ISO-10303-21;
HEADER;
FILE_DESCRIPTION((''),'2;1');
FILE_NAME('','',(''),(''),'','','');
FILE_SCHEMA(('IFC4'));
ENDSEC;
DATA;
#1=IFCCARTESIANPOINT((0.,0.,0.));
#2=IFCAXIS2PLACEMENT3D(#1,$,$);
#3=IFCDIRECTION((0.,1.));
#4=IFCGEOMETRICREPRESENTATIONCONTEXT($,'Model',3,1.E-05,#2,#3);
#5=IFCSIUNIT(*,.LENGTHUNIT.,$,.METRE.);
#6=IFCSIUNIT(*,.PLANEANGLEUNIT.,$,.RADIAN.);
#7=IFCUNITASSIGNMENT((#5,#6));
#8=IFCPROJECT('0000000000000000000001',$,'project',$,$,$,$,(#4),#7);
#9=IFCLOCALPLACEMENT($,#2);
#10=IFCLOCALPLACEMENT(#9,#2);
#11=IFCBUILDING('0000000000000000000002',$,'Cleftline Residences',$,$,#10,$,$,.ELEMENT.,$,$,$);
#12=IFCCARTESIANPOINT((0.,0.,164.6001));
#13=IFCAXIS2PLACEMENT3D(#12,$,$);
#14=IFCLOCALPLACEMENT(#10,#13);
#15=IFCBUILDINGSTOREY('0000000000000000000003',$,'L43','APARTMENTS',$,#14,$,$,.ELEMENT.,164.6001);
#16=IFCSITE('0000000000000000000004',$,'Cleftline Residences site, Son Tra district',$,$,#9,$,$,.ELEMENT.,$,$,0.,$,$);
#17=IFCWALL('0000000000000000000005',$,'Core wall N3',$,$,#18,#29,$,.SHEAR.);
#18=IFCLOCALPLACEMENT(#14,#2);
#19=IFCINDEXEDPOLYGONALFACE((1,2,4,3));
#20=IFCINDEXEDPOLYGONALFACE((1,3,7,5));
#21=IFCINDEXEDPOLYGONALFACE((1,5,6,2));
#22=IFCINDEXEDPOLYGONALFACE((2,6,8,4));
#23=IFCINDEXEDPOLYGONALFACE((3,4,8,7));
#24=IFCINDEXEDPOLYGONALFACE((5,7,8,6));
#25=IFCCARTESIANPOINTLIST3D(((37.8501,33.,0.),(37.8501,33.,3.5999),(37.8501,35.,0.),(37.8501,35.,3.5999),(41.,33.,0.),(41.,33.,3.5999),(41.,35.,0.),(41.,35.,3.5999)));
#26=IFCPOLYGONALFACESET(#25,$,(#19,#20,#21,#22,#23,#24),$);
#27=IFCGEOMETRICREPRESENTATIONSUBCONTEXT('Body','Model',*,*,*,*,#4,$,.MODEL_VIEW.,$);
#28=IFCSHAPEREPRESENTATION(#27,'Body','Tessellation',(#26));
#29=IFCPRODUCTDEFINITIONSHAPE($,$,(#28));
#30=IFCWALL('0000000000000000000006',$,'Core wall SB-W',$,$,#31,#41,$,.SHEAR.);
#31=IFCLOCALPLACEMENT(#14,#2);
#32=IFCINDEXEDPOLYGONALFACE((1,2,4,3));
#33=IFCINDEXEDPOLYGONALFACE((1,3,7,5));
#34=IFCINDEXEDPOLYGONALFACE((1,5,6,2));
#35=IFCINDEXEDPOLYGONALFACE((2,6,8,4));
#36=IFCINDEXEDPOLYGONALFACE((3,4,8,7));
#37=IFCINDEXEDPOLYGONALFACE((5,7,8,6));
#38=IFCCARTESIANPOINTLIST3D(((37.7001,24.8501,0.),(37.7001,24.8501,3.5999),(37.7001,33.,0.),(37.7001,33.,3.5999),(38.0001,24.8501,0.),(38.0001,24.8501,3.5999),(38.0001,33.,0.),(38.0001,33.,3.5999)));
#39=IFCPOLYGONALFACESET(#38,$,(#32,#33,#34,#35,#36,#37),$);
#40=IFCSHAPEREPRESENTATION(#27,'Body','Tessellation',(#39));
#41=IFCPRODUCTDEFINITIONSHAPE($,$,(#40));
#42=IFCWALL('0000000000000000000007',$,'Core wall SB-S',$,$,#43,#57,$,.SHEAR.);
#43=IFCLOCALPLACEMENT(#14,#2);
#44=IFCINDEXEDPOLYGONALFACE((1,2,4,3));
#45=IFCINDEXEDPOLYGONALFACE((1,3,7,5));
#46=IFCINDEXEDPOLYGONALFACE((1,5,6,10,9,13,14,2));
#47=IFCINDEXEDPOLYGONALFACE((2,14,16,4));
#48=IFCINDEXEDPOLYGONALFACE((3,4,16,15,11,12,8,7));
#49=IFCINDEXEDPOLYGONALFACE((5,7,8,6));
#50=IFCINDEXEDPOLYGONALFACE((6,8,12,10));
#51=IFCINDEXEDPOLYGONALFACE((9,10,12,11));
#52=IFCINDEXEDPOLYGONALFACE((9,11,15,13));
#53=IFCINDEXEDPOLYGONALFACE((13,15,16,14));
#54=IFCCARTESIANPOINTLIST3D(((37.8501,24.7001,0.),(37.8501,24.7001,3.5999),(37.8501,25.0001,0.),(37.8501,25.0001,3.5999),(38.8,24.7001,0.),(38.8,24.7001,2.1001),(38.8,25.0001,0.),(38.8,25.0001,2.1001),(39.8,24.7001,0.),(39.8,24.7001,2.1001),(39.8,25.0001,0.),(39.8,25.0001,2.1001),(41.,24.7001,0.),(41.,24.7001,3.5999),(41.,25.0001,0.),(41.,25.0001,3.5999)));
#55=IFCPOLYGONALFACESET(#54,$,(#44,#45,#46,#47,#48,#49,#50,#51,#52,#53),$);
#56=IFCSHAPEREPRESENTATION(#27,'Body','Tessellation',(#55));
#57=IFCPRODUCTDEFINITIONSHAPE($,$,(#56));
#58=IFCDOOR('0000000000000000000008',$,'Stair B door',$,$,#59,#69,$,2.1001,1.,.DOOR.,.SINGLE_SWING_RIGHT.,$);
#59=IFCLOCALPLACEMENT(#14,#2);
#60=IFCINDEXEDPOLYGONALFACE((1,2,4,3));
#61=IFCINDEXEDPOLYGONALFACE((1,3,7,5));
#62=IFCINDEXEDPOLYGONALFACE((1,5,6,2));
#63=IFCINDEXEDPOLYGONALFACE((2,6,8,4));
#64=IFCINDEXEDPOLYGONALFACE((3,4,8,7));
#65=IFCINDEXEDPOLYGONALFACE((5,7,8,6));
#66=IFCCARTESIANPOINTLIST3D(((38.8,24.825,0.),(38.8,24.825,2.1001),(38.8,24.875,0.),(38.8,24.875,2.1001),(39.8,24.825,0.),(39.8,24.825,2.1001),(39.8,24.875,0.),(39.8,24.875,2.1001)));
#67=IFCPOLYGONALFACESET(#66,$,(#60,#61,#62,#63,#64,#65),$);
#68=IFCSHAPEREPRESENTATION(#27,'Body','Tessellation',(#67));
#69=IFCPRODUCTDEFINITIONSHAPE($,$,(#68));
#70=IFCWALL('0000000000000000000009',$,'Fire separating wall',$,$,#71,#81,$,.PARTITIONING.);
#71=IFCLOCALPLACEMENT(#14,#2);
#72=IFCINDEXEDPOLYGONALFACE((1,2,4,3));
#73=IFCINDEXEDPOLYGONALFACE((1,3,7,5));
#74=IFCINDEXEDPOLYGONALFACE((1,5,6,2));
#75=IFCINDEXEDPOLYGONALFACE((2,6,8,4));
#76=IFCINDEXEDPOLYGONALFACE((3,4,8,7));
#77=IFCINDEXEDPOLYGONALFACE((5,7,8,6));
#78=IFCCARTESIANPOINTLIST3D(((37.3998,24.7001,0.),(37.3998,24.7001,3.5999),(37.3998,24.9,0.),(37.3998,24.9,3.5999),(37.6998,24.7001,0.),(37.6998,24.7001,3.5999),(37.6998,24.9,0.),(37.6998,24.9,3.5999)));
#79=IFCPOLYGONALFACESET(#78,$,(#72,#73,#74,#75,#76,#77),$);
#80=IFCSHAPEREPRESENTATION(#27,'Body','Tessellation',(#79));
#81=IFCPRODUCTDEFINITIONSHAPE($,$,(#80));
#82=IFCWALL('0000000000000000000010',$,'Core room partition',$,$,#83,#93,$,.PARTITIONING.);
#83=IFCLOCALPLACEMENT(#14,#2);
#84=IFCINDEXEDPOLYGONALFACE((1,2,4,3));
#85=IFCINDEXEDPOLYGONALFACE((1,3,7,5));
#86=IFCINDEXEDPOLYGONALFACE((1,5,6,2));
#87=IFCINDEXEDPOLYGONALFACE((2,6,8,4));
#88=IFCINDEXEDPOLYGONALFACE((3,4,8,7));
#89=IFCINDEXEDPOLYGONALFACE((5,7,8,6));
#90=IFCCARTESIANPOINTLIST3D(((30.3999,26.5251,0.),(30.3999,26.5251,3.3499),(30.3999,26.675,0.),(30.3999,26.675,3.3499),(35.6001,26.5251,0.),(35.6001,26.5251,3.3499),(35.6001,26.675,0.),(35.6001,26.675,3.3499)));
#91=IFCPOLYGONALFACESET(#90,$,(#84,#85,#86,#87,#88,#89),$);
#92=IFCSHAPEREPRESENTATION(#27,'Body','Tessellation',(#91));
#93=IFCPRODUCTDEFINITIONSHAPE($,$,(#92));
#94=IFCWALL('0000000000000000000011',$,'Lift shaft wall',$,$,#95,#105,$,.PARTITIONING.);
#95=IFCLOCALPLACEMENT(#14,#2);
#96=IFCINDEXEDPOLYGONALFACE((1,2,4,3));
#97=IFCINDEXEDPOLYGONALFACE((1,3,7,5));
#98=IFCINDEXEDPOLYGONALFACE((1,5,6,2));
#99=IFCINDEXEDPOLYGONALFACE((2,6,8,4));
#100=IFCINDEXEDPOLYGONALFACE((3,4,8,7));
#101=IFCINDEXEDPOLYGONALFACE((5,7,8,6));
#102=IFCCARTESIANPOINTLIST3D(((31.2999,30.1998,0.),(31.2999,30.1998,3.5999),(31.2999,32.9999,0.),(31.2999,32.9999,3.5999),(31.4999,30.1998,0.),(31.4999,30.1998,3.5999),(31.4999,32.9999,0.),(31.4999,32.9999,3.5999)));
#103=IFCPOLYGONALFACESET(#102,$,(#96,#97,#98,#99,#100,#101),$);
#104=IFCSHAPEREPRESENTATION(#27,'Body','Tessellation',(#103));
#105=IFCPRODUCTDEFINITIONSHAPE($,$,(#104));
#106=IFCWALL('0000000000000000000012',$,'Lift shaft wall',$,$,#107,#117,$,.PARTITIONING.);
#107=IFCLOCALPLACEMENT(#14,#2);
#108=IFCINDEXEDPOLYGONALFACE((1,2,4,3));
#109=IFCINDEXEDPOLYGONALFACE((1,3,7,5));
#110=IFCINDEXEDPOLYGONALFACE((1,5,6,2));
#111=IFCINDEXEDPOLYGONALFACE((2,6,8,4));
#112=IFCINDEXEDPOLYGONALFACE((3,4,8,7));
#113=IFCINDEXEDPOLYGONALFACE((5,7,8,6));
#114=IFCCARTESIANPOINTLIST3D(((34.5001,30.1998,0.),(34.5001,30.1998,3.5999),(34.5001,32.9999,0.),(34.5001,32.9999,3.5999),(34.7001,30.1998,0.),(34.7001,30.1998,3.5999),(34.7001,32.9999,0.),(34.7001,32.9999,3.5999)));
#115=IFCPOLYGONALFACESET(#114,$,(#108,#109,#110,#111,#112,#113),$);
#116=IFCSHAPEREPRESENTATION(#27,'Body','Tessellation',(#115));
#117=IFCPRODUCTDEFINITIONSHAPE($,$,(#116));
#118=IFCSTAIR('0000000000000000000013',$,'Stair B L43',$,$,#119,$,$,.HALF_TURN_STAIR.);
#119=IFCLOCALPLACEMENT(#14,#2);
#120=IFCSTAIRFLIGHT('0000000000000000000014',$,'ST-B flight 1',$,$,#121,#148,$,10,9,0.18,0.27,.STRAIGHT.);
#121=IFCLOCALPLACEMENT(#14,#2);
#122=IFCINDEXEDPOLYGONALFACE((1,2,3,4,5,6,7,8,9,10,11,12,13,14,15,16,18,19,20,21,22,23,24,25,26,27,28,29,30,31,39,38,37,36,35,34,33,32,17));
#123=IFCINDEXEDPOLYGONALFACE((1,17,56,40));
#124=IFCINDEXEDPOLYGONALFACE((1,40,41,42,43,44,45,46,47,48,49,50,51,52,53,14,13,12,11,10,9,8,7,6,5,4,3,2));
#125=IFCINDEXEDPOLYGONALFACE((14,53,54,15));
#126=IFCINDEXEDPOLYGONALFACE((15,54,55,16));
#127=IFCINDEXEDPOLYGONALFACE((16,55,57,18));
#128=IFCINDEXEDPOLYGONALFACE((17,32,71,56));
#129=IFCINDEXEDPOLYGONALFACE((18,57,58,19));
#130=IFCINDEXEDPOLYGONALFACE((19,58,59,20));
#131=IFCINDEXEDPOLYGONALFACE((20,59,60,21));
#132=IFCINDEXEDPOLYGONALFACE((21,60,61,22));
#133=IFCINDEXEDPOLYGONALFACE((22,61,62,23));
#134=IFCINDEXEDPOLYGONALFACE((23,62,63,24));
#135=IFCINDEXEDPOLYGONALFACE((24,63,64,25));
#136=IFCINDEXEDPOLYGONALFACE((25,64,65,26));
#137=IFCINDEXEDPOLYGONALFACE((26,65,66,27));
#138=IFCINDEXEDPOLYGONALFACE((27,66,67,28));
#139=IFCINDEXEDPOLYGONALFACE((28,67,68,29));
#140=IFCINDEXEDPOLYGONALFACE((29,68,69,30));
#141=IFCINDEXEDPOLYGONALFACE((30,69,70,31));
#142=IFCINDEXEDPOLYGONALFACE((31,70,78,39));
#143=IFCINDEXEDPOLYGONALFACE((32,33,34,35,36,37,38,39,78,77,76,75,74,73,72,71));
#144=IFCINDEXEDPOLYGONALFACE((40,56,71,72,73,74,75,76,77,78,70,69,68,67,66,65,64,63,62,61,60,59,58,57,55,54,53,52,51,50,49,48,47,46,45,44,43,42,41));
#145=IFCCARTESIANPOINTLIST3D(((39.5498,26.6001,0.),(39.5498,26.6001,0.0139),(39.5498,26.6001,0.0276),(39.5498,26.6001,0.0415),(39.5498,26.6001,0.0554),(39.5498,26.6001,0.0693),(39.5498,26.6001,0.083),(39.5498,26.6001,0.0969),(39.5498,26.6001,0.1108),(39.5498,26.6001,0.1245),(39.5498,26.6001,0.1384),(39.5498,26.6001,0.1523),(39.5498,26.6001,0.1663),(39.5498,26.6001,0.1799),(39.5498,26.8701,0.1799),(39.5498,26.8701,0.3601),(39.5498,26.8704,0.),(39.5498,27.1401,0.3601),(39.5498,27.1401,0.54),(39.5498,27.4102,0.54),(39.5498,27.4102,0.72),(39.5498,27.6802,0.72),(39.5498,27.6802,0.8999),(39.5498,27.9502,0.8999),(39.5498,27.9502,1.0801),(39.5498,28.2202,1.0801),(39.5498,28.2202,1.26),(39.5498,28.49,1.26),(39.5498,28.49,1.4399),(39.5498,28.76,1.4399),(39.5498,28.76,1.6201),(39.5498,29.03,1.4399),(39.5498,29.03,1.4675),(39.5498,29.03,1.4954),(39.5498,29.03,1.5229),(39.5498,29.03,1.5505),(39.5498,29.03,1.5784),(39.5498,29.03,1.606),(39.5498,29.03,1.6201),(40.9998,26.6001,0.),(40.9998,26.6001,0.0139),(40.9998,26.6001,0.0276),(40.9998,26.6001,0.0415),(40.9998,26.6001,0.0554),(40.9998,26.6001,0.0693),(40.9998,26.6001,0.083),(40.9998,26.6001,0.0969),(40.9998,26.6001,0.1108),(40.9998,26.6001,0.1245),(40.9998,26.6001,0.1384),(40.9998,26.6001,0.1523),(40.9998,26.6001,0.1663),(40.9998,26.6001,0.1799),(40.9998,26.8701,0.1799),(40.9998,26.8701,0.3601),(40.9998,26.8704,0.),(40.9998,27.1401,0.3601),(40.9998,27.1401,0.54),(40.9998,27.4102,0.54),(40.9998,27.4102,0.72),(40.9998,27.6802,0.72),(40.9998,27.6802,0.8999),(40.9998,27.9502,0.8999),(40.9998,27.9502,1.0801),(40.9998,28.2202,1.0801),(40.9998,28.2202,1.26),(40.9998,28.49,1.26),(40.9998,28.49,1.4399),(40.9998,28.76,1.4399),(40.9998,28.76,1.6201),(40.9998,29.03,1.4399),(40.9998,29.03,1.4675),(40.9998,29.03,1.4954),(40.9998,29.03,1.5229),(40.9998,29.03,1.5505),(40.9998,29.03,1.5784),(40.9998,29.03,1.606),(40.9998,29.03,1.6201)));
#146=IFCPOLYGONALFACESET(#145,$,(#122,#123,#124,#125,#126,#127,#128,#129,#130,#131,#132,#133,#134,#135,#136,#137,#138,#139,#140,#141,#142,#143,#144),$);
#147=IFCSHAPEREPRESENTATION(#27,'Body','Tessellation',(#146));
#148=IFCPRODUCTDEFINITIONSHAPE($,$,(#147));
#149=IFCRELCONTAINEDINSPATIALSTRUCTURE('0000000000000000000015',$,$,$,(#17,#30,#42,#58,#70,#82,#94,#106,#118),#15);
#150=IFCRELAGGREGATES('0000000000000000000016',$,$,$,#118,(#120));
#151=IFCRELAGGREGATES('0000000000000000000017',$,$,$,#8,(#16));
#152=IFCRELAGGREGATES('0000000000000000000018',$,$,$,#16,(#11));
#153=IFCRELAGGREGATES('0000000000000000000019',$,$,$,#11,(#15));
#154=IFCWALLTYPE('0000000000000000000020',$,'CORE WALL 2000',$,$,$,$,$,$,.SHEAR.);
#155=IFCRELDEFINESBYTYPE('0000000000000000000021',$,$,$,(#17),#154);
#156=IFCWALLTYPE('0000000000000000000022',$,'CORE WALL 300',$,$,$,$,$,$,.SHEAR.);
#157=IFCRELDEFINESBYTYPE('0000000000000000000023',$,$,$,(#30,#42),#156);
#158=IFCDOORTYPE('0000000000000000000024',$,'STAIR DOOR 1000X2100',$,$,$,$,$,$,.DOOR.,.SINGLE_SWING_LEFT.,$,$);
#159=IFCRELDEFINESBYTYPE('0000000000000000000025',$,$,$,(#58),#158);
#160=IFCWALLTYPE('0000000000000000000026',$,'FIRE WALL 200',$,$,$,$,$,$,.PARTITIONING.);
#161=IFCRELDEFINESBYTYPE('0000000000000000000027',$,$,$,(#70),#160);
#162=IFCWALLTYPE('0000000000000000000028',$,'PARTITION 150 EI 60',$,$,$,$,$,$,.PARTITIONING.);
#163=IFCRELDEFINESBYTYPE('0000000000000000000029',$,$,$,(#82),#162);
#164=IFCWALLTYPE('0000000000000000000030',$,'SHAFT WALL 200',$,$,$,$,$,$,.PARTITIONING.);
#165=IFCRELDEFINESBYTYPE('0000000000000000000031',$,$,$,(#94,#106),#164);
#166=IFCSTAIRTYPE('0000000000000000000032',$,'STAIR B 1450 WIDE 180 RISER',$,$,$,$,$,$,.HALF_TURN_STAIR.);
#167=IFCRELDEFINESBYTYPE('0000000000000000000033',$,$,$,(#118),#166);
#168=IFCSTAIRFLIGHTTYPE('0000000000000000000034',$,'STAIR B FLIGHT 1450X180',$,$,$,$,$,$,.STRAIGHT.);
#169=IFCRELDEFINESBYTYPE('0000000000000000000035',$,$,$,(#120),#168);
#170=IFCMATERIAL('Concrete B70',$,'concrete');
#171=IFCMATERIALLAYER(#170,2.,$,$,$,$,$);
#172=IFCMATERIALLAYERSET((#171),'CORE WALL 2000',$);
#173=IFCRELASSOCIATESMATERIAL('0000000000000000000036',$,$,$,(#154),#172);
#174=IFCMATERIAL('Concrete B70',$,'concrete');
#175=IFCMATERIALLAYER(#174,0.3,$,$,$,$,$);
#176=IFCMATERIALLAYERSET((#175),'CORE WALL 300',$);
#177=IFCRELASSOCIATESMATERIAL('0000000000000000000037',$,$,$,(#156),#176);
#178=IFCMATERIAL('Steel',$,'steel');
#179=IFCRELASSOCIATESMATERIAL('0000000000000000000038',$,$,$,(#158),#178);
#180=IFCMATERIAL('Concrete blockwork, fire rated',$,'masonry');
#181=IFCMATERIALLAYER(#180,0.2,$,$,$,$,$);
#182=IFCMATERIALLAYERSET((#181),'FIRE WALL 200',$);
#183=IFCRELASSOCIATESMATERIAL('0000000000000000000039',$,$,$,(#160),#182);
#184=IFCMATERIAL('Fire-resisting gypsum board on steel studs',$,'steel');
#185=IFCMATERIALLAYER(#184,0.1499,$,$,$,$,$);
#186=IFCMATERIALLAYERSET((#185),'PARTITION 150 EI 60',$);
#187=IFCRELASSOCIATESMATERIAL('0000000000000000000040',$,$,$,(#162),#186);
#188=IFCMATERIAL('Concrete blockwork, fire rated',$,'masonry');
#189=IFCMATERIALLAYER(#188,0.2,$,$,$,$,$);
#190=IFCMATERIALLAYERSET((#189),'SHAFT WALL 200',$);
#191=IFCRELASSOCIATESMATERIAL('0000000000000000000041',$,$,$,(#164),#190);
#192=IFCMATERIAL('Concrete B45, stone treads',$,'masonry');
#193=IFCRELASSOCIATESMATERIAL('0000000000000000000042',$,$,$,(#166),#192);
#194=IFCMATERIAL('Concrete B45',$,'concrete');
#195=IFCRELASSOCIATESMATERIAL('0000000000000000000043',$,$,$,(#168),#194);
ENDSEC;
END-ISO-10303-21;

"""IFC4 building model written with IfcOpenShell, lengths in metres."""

from ifc_helpers import new_model, si_unit, direction, frame, frame_2d, origin, place, context, subcontext, project, spatial, polyline, rectangle, outline, extrude, material, layer, layer_set, type_object, element, fill, aggregate, save


model = new_model("IFC4")

# Units and contexts
model_context = context("Model", 3, precision=1e-05, world=origin(), true_north=direction((0.0, 1.0)))
body_context = subcontext(model_context, "Body", "Model", "MODEL_VIEW")
ifc_project = project(units=[si_unit("LENGTHUNIT", "METRE"), si_unit("PLANEANGLEUNIT", "RADIAN")], contexts=[model_context])

# Site, building, storey
site_placement = place(None, origin())
site = spatial("IfcSite", under=ifc_project, at=site_placement, Name="Cleftline Residences site, Son Tra district", CompositionType="ELEMENT", RefElevation=0.0)
building_placement = place(site_placement, origin())
building = spatial("IfcBuilding", under=site, at=building_placement, Name="Cleftline Residences", CompositionType="ELEMENT")
storey_placement = place(building_placement, frame((0.0, 0.0, 164.6001)))
storey = spatial("IfcBuildingStorey", under=building, at=storey_placement, Name="L43", Description="APARTMENTS", CompositionType="ELEMENT", Elevation=164.6001)

# Walls
ifc_material_1 = material(Name="Concrete B70", Category="concrete")
ifc_layer_1 = layer(ifc_material_1, 2.0)
ifc_layer_set_1 = layer_set([ifc_layer_1], Name="CORE WALL 2000")
wall_type_1 = type_object("IfcWallType", Name="CORE WALL 2000", PredefinedType="SHEAR", material=ifc_layer_set_1)
wall_1_placement = place(storey_placement, frame((37.8501, 34.0, 0.0), z_axis=(0.0, 0.0, 1.0), x_axis=(1.0, 0.0, 0.0)))
element("IfcWall", 1, at=wall_1_placement, inside=storey, type_object=wall_type_1, Name="Core wall N3", PredefinedType="SHEAR", context=body_context, shape_type="SweptSolid", body=[
    extrude(rectangle(XDim=3.1499, YDim=2.0, at=frame_2d((1.575, 0.0))), origin(), (0.0, 0.0, 1.0), 3.5999),
])
ifc_material_2 = material(Name="Concrete B70", Category="concrete")
ifc_layer_2 = layer(ifc_material_2, 0.3)
ifc_layer_set_2 = layer_set([ifc_layer_2], Name="CORE WALL 300")
wall_type_2 = type_object("IfcWallType", Name="CORE WALL 300", PredefinedType="SHEAR", material=ifc_layer_set_2)
wall_2_placement = place(storey_placement, frame((37.8501, 24.8501, 0.0), z_axis=(0.0, 0.0, 1.0), x_axis=(0.0, 1.0, 0.0)))
element("IfcWall", 2, at=wall_2_placement, inside=storey, type_object=wall_type_2, Name="Core wall SB-W", PredefinedType="SHEAR", context=body_context, shape_type="SweptSolid", body=[
    extrude(rectangle(XDim=8.1499, YDim=0.3, at=frame_2d((4.075, 0.0))), origin(), (0.0, 0.0, 1.0), 3.5999),
])

# Wall, opening, door
wall_3_placement = place(storey_placement, frame((37.8501, 24.8501, 0.0), z_axis=(0.0, 0.0, 1.0), x_axis=(1.0, 0.0, 0.0)))
wall_3 = element("IfcWall", 3, at=wall_3_placement, inside=storey, type_object=wall_type_2, Name="Core wall SB-S", PredefinedType="SHEAR", context=body_context, shape_type="SweptSolid", body=[
    extrude(rectangle(XDim=3.1499, YDim=0.3, at=frame_2d((1.575, 0.0))), origin(), (0.0, 0.0, 1.0), 3.5999),
])
opening_placement = place(wall_3_placement, frame((0.95, 0.0, 0.0)))
opening = element("IfcOpeningElement", 4, at=opening_placement, cuts=wall_3, PredefinedType="OPENING", context=body_context, shape_type="SweptSolid", body=[
    extrude(rectangle(XDim=1.0, YDim=2.1001, at=frame_2d((0.5, 1.05))), frame((0.0, 0.1599, 0.0), z_axis=(0.0, -1.0, 0.0), x_axis=(1.0, 0.0, 0.0)), (0.0, 0.0, 1.0), 0.3201),
])
ifc_material_3 = material(Name="Steel", Category="steel")
door_type = type_object("IfcDoorType", Name="STAIR DOOR 1000X2100", OperationType="SINGLE_SWING_LEFT", PredefinedType="DOOR", material=ifc_material_3)
door_placement = place(opening_placement, origin())
door = element("IfcDoor", 5, at=door_placement, inside=storey, type_object=door_type, Name="Stair B door", OperationType="SINGLE_SWING_RIGHT", OverallHeight=2.1001, OverallWidth=1.0, PredefinedType="DOOR", context=body_context, shape_type="SweptSolid", body=[
    extrude(rectangle(XDim=1.0, YDim=2.1001, at=frame_2d((0.5, 1.05))), frame((0.0, 0.0249, 0.0), z_axis=(0.0, -1.0, 0.0), x_axis=(1.0, 0.0, 0.0)), (0.0, 0.0, 1.0), 0.05),
])
fill(opening, door)

# Walls
ifc_material_4 = material(Name="Concrete blockwork, fire rated", Category="masonry")
ifc_layer_3 = layer(ifc_material_4, 0.2)
ifc_layer_set_3 = layer_set([ifc_layer_3], Name="FIRE WALL 200")
wall_type_3 = type_object("IfcWallType", Name="FIRE WALL 200", PredefinedType="PARTITIONING", material=ifc_layer_set_3)
wall_4_placement = place(storey_placement, frame((37.3999, 24.8, 0.0), z_axis=(0.0, 0.0, 1.0), x_axis=(1.0, 0.0, 0.0)))
element("IfcWall", 6, at=wall_4_placement, inside=storey, type_object=wall_type_3, Name="Fire separating wall", PredefinedType="PARTITIONING", context=body_context, shape_type="SweptSolid", body=[
    extrude(rectangle(XDim=0.3, YDim=0.2, at=frame_2d((0.1499, 0.0))), origin(), (0.0, 0.0, 1.0), 3.5999),
])
ifc_material_5 = material(Name="Fire-resisting gypsum board on steel studs", Category="steel")
ifc_layer_4 = layer(ifc_material_5, 0.1499)
ifc_layer_set_4 = layer_set([ifc_layer_4], Name="PARTITION 150 EI 60")
wall_type_4 = type_object("IfcWallType", Name="PARTITION 150 EI 60", PredefinedType="PARTITIONING", material=ifc_layer_set_4)
wall_5_placement = place(storey_placement, frame((30.3999, 26.6001, 0.0), z_axis=(0.0, 0.0, 1.0), x_axis=(1.0, 0.0, 0.0)))
element("IfcWall", 7, at=wall_5_placement, inside=storey, type_object=wall_type_4, Name="Core room partition", PredefinedType="PARTITIONING", context=body_context, shape_type="SweptSolid", body=[
    extrude(rectangle(XDim=5.2002, YDim=0.1499, at=frame_2d((2.6001, 0.0))), origin(), (0.0, 0.0, 1.0), 3.3499),
])
ifc_material_6 = material(Name="Concrete blockwork, fire rated", Category="masonry")
ifc_layer_5 = layer(ifc_material_6, 0.2)
ifc_layer_set_5 = layer_set([ifc_layer_5], Name="SHAFT WALL 200")
wall_type_5 = type_object("IfcWallType", Name="SHAFT WALL 200", PredefinedType="PARTITIONING", material=ifc_layer_set_5)
for number, where, z_axis, x_axis, name in (
    (8, (31.3999, 30.2, 0.0), (0.0, 0.0, 1.0), (0.0, 1.0, 0.0), "Lift shaft wall"),
    (9, (34.6001, 30.2, 0.0), (0.0, 0.0, 1.0), (0.0, 1.0, 0.0), "Lift shaft wall"),
):
    element("IfcWall", number, at=place(storey_placement, frame(where, z_axis=z_axis, x_axis=x_axis)), inside=storey, type_object=wall_type_5, Name=name, PredefinedType="PARTITIONING", context=body_context, shape_type="SweptSolid", body=[
        extrude(rectangle(XDim=2.8, YDim=0.2, at=frame_2d((1.3999, 0.0))), origin(), (0.0, 0.0, 1.0), 3.5999),
    ])

# Stair, stair flight
ifc_material_7 = material(Name="Concrete B45, stone treads", Category="masonry")
stair_type = type_object("IfcStairType", Name="STAIR B 1450 WIDE 180 RISER", PredefinedType="HALF_TURN_STAIR", material=ifc_material_7)
stair_placement = place(storey_placement, origin())
stair = element("IfcStair", 10, at=stair_placement, inside=storey, type_object=stair_type, Name="Stair B L43", PredefinedType="HALF_TURN_STAIR")
ifc_material_8 = material(Name="Concrete B45", Category="concrete")
stair_flight_type = type_object("IfcStairFlightType", Name="STAIR B FLIGHT 1450X180", PredefinedType="STRAIGHT", material=ifc_material_8)
stair_flight_1_placement = place(storey_placement, frame((40.2749, 26.6001, 0.0), z_axis=(0.0, 0.0, 1.0), x_axis=(0.0, 1.0, 0.0)))
stair_flight_1 = element("IfcStairFlight", 11, at=stair_flight_1_placement, type_object=stair_flight_type, Name="ST-B flight 1", NumberOfRisers=10, NumberOfTreads=9, PredefinedType="STRAIGHT", RiserHeight=0.18, TreadLength=0.27, context=body_context, shape_type="SweptSolid", body=[
    extrude(outline(polyline([(0.0, 0.0), (0.0, 0.0139), (0.0, 0.0276), (0.0, 0.0415), (0.0, 0.0554), (0.0, 0.0693), (0.0, 0.083), (0.0, 0.0969), (0.0, 0.1108), (0.0, 0.1245), (0.0, 0.1384), (0.0, 0.1523), (0.0, 0.1663), (0.0, 0.1799), (0.27, 0.1799), (0.27, 0.3601), (0.54, 0.3601), (0.54, 0.54), (0.8101, 0.54), (0.8101, 0.72), (1.0801, 0.72), (1.0801, 0.8999), (1.3501, 0.8999), (1.3501, 1.0801), (1.6201, 1.0801), (1.6201, 1.26), (1.8899, 1.26), (1.8899, 1.4399), (2.1599, 1.4399), (2.1599, 1.6201), (2.4299, 1.6201), (2.4299, 1.8), (2.4299, 1.7722), (2.4299, 1.7446), (2.4299, 1.7168), (2.4299, 1.6892), (2.4299, 1.6614), (2.4299, 1.6338), (2.4299, 1.606), (2.4299, 1.5784), (2.4299, 1.5505), (2.4299, 1.5229), (2.4299, 1.4954), (2.4299, 1.4675), (2.4299, 1.4399), (0.2703, 0.0), (0.0, 0.0)])), frame((0.0, 0.7251, 0.0), z_axis=(0.0, -1.0, 0.0), x_axis=(1.0, 0.0, 0.0)), (0.0, 0.0, 1.0), 1.45),
])
aggregate(stair, [stair_flight_1])

save(model, "model.ifc")
